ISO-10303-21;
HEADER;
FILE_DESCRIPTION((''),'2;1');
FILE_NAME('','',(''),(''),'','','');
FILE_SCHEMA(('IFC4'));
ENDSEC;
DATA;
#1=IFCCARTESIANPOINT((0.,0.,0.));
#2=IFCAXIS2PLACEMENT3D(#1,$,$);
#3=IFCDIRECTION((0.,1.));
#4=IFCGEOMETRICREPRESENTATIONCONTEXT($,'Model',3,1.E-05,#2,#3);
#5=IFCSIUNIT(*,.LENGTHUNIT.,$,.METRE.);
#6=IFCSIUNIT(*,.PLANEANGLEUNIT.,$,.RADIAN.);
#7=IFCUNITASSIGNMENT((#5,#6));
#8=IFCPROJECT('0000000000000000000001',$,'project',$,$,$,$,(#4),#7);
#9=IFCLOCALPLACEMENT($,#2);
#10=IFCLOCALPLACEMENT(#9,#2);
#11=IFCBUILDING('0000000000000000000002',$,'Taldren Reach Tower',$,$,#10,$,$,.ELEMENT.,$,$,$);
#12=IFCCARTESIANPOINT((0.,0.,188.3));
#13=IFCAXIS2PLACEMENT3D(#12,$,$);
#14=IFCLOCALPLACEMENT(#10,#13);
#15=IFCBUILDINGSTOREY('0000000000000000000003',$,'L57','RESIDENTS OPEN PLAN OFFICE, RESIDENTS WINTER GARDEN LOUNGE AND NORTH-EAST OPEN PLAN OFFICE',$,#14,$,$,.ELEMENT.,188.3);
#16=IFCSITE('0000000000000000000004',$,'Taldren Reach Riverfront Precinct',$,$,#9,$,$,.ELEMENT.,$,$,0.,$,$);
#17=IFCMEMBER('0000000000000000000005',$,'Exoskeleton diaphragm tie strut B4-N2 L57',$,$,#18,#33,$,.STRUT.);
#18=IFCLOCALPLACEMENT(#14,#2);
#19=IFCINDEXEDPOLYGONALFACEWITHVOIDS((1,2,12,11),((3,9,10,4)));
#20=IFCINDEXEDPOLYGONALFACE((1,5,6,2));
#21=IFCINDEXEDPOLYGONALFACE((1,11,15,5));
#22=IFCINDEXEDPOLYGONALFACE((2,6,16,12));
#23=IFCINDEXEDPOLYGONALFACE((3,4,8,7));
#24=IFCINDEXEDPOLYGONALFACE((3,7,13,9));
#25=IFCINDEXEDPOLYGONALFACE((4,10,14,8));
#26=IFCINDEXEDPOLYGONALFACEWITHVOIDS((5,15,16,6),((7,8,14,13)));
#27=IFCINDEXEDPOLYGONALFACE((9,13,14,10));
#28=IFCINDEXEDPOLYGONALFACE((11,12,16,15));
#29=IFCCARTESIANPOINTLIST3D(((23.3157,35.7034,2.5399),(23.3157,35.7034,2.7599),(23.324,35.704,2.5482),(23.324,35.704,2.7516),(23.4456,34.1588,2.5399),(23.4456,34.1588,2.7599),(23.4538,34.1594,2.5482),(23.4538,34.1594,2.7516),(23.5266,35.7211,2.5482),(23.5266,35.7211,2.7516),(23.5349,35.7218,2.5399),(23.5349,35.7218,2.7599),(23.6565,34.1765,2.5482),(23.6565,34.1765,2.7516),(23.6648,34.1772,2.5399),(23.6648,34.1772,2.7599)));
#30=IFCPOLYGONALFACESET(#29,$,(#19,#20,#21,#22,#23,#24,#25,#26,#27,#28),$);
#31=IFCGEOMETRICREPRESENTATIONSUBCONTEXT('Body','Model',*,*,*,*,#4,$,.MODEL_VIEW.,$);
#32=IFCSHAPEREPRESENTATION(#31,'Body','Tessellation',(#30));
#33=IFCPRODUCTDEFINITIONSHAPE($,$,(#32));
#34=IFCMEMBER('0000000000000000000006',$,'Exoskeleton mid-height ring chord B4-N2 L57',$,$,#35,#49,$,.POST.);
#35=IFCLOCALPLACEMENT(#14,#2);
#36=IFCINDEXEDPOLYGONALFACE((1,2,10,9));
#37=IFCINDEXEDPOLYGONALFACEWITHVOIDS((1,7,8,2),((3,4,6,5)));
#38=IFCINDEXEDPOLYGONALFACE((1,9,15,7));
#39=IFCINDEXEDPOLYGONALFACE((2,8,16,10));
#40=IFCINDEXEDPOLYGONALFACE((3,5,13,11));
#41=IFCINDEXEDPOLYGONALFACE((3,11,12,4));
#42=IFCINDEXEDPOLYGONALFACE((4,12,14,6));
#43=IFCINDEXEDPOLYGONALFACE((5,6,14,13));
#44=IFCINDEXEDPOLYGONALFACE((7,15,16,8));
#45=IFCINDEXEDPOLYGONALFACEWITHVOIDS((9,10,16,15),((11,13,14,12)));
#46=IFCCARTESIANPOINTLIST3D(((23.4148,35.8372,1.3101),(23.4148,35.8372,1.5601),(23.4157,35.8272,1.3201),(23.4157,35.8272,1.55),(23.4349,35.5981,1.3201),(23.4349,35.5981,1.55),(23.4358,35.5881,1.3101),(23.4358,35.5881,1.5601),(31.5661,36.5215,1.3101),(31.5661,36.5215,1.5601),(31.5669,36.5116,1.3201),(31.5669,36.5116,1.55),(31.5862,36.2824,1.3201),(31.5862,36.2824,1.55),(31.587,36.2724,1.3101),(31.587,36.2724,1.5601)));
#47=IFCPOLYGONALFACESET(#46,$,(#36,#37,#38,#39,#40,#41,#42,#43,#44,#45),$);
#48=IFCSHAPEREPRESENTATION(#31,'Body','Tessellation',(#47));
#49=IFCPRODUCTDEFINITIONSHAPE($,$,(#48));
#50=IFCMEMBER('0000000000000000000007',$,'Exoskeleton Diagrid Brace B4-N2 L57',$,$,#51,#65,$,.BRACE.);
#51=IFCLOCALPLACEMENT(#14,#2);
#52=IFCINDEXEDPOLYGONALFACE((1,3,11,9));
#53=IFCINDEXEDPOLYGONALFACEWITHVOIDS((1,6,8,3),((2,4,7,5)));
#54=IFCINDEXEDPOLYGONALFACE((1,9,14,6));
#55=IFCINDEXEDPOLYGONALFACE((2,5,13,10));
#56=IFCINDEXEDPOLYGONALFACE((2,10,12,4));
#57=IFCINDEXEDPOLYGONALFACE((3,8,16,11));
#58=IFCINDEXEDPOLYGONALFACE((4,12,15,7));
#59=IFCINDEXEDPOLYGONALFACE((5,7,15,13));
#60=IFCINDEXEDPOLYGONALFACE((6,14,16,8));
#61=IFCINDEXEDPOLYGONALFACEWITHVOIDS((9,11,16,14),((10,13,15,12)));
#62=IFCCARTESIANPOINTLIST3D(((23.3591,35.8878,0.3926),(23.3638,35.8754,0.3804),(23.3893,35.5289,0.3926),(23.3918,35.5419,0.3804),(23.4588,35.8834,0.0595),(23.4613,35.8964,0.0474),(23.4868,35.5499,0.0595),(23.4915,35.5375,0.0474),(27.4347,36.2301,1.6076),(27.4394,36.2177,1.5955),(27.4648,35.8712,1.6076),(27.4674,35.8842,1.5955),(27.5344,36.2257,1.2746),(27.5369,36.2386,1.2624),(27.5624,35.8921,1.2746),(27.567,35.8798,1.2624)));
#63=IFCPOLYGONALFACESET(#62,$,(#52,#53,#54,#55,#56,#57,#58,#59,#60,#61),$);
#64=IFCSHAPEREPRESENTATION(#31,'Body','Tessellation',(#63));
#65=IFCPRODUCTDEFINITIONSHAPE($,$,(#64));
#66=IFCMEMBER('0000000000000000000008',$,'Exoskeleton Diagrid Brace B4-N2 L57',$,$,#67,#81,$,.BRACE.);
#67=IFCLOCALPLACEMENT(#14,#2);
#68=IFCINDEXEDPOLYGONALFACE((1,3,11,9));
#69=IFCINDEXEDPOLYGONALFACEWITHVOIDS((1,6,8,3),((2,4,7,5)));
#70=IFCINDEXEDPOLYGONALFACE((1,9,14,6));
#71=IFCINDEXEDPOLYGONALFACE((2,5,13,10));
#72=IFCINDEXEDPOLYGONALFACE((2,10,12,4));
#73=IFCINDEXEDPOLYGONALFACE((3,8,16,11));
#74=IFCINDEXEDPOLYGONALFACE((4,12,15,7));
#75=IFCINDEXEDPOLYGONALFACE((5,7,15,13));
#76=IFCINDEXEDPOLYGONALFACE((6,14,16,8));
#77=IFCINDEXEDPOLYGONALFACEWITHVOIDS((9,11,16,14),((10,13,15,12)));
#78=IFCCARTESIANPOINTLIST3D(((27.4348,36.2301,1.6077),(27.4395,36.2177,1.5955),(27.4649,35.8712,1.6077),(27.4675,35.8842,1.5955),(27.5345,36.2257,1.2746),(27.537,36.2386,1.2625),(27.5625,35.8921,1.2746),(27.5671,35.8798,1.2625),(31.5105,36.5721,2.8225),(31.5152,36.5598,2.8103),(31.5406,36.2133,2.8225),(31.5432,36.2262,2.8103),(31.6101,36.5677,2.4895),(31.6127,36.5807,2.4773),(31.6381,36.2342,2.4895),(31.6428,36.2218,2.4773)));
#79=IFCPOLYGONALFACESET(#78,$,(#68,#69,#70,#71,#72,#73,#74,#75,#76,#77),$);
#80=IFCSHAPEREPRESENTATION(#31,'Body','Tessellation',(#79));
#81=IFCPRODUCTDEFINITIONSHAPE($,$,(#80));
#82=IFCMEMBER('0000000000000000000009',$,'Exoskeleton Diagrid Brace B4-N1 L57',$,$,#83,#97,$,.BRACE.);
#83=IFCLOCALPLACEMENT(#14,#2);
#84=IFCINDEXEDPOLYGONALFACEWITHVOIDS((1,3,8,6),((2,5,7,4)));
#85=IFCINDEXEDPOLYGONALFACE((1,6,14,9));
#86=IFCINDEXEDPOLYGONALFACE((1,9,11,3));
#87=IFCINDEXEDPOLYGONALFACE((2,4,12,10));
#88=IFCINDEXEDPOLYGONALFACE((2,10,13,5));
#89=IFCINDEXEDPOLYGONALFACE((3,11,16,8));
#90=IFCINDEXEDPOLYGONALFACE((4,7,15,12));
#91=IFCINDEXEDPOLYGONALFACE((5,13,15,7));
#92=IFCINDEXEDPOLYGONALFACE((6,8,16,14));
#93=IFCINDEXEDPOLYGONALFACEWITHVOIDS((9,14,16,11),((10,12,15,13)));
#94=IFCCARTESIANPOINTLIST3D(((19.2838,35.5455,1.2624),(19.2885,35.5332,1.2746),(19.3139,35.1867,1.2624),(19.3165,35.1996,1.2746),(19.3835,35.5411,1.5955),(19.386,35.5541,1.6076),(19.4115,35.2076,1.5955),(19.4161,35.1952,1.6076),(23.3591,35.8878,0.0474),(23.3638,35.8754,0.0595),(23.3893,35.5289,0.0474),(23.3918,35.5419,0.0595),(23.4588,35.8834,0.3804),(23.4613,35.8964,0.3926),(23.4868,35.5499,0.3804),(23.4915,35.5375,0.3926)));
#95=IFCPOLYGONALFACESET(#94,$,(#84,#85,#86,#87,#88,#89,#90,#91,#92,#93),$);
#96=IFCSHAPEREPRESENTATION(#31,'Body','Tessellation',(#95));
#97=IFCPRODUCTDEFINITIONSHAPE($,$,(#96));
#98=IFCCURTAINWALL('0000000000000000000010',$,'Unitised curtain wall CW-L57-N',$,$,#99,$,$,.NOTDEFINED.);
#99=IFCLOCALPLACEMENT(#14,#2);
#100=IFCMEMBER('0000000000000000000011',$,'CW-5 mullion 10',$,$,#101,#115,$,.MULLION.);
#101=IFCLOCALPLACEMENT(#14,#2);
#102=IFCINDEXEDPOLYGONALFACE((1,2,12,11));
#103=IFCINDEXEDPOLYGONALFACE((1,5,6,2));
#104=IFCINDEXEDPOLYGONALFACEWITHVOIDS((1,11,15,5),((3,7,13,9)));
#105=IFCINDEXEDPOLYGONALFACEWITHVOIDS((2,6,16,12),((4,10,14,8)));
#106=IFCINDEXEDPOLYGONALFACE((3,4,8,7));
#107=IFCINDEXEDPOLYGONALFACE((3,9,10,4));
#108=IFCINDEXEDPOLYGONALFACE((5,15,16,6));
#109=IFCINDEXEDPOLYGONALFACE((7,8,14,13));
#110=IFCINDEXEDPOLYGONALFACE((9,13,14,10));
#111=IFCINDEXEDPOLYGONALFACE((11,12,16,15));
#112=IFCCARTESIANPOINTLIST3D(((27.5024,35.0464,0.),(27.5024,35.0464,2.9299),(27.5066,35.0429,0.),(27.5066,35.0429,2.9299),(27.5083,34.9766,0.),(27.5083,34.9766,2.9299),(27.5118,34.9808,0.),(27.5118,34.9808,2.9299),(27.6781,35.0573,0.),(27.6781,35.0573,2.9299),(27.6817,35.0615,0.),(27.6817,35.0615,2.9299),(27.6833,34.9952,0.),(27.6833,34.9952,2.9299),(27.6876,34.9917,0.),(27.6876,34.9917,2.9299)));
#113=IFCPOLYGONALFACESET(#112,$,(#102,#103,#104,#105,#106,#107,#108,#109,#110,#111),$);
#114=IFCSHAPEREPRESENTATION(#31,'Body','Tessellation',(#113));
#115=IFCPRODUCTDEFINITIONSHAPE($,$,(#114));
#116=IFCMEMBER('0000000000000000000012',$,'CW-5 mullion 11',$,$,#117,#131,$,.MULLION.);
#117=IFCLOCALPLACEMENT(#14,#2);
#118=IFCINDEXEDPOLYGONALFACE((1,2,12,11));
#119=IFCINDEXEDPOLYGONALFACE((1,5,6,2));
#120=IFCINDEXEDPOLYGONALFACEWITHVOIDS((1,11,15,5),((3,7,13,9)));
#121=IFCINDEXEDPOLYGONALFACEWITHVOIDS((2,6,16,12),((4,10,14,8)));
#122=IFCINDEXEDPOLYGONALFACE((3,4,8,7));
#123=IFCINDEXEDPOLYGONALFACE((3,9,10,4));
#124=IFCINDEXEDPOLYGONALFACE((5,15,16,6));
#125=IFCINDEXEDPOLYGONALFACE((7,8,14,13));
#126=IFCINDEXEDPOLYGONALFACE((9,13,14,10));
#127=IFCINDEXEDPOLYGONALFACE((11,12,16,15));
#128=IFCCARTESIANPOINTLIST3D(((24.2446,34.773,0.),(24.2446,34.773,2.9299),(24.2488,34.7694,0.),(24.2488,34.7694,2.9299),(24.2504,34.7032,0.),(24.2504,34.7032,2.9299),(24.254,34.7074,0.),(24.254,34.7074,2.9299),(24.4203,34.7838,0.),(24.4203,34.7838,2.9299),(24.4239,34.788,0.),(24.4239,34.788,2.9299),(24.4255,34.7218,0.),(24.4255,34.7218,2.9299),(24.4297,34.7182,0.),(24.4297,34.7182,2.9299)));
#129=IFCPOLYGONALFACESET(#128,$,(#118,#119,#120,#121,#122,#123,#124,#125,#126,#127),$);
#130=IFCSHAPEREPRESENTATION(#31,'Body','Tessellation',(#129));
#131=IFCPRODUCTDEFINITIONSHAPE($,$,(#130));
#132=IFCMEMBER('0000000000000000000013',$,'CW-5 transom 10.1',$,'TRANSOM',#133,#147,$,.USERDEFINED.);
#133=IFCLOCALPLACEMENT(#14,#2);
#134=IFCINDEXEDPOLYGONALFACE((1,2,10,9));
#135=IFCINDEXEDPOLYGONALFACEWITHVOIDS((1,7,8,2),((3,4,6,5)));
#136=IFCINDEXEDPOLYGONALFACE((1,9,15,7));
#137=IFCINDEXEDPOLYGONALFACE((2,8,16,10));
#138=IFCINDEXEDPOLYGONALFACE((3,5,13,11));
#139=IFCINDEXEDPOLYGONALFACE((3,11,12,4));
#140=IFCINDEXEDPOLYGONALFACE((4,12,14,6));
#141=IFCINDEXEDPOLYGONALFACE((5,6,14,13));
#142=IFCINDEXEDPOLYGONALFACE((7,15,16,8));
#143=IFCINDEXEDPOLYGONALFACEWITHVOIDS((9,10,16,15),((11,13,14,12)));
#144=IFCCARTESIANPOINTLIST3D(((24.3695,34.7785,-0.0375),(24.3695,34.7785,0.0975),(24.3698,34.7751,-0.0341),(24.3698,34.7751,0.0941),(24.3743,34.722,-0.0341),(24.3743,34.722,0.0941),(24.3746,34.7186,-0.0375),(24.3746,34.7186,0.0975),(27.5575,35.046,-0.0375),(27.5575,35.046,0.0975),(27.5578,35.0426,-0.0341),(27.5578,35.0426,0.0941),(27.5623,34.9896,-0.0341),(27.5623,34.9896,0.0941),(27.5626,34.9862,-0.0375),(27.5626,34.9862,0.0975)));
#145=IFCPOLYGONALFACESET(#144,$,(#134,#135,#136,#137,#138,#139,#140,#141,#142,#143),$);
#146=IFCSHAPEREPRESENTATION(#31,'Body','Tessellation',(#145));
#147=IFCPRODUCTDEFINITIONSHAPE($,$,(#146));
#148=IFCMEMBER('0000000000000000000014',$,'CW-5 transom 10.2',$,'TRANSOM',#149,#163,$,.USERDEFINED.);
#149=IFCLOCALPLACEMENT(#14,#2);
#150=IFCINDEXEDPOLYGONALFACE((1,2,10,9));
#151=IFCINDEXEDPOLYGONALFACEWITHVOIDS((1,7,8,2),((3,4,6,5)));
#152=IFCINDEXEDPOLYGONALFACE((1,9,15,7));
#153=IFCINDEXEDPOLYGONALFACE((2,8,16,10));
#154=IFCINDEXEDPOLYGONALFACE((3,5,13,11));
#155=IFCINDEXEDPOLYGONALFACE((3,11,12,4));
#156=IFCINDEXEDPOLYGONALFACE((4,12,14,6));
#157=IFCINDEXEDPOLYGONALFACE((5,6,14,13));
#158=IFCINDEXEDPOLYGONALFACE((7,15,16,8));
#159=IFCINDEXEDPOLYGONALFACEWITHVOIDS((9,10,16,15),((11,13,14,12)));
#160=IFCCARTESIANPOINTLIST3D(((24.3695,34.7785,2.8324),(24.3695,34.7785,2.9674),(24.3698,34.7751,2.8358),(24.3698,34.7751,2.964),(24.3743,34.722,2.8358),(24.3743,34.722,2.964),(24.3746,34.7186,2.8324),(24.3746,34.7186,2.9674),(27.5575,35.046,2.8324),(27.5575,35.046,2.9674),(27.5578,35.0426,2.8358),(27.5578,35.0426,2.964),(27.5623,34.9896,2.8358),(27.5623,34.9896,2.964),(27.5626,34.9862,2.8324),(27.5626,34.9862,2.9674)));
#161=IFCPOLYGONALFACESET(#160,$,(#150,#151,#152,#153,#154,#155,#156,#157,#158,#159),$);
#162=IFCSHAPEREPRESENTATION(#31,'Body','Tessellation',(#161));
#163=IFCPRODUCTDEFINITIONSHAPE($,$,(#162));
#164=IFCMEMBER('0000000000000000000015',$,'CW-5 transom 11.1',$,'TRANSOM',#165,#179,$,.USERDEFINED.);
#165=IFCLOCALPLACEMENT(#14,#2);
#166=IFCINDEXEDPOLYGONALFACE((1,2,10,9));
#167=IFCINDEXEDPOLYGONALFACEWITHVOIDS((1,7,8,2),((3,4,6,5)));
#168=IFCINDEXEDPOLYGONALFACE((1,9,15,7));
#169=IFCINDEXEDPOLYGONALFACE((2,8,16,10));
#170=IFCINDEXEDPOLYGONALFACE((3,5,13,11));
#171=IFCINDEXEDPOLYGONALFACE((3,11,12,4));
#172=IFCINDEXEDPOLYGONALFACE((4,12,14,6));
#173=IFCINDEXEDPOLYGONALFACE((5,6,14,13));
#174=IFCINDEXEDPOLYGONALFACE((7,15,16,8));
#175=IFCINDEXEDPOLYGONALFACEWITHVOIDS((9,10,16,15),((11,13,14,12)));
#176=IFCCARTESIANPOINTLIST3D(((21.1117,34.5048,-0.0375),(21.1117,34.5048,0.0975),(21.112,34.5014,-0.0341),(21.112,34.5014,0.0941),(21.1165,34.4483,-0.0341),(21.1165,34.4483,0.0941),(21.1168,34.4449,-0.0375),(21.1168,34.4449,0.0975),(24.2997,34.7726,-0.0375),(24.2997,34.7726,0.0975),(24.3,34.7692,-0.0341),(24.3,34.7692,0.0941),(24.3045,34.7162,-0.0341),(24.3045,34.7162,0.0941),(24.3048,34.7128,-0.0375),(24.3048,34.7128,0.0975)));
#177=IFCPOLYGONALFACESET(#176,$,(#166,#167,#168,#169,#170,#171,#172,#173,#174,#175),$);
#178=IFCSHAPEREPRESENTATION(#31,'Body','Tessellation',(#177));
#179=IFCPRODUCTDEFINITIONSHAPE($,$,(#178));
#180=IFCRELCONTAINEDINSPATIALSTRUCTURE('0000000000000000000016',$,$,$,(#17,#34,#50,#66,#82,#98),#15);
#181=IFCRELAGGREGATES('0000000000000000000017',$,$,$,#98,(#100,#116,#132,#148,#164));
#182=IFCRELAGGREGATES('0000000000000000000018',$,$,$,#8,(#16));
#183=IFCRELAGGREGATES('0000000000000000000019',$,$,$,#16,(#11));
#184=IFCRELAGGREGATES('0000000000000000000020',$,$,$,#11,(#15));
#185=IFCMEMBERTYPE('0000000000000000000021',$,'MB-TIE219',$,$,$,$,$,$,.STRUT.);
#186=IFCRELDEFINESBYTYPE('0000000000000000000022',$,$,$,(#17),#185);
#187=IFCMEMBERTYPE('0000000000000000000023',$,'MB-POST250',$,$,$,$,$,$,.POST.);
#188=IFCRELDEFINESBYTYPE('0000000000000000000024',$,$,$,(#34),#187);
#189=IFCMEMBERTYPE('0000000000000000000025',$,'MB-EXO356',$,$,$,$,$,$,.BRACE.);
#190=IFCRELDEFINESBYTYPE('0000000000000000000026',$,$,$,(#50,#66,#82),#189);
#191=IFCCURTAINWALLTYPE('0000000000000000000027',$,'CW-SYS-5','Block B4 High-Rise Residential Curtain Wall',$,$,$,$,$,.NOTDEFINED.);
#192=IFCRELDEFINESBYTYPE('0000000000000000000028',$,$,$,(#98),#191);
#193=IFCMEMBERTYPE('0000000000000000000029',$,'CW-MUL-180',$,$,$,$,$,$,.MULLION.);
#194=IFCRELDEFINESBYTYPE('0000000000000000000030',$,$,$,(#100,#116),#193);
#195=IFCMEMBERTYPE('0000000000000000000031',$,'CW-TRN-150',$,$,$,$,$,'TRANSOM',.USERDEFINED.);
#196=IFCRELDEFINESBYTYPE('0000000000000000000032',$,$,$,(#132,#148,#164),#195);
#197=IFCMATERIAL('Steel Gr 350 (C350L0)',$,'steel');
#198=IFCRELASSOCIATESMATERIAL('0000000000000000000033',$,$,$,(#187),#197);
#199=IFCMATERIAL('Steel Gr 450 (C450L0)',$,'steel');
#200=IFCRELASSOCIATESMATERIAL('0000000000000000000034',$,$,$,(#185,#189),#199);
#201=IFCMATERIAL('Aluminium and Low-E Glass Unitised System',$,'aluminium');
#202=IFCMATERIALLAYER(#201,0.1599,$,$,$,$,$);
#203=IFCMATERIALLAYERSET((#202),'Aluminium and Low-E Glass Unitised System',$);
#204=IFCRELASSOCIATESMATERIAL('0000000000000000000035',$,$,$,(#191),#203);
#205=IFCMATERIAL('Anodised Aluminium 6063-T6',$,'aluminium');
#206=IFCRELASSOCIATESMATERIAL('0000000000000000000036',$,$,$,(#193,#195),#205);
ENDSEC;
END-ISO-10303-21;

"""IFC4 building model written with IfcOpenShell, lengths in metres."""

from ifc_helpers import new_model, si_unit, direction, frame, origin, origin_2d, place, context, subcontext, project, spatial, hollow_rectangle, extrude, source, transform, mapped, material, layer, layer_set, material_profile, profile_set, type_object, element, aggregate, save


model = new_model("IFC4")

# Units and contexts
model_context = context("Model", 3, precision=1e-05, world=origin(), true_north=direction((0.0, 1.0)))
body_context = subcontext(model_context, "Body", "Model", "MODEL_VIEW")
ifc_project = project(units=[si_unit("LENGTHUNIT", "METRE"), si_unit("PLANEANGLEUNIT", "RADIAN")], contexts=[model_context])

# Site, building, storey
site_placement = place(None, origin())
site = spatial("IfcSite", under=ifc_project, at=site_placement, Name="Taldren Reach Riverfront Precinct", CompositionType="ELEMENT", RefElevation=0.0)
building_placement = place(site_placement, origin())
building = spatial("IfcBuilding", under=site, at=building_placement, Name="Taldren Reach Tower", CompositionType="ELEMENT")
storey_placement = place(building_placement, frame((0.0, 0.0, 188.3)))
storey = spatial("IfcBuildingStorey", under=building, at=storey_placement, Name="L57", Description="RESIDENTS OPEN PLAN OFFICE, RESIDENTS WINTER GARDEN LOUNGE AND NORTH-EAST OPEN PLAN OFFICE", CompositionType="ELEMENT", Elevation=188.3)

# Shared definitions
ifc_material_1 = material(Name="Steel Gr 450 (C450L0)", Category="steel")

# Shared definitions
ifc_material_2 = material(Name="Steel Gr 350 (C350L0)", Category="steel")
ifc_material_profile_1 = material_profile(ifc_material_2, hollow_rectangle(XDim=0.25, YDim=0.25, WallThickness=0.01, at=origin_2d()), Name="250x250x10.0SHS")
ifc_profile_set_1 = profile_set([ifc_material_profile_1], Name="Steel Gr 350 (C350L0)")
member_type_1 = type_object("IfcMemberType", Name="MB-POST250", PredefinedType="POST", material=ifc_profile_set_1)

# Members
ifc_material_profile_2 = material_profile(ifc_material_1, hollow_rectangle(XDim=0.22, YDim=0.22, WallThickness=0.0083, at=origin_2d()), Name="220x220x8.2SHS")
ifc_profile_set_2 = profile_set([ifc_material_profile_2], Name="Steel Gr 450 (C450L0)")
member_type_2 = type_object("IfcMemberType", Name="MB-TIE219", PredefinedType="STRUT", material=ifc_profile_set_2)
shared_shape_1 = source(origin(), body_context, "Body", "SweptSolid", [
    extrude(hollow_rectangle(XDim=0.22, YDim=0.22, WallThickness=0.0083, at=origin_2d()), origin(), (0.0, 0.0, 1.0), 1.55),
])
member_1_placement = place(storey_placement, frame((23.5552, 34.168, 2.6499), z_axis=(-0.083788, 0.996484, 0.0), x_axis=(-0.996484, -0.083788, 0.0)))
element("IfcMember", 1, at=member_1_placement, inside=storey, type_object=member_type_2, Name="Exoskeleton diaphragm tie strut B4-N2 L57", PredefinedType="STRUT", context=body_context, shape_type="MappedRepresentation", body=[
    mapped(shared_shape_1, transform((0.0, 0.0, 0.0), scale=1.0)),
])
shared_shape_2 = source(origin(), body_context, "Body", "SweptSolid", [
    extrude(hollow_rectangle(XDim=0.25, YDim=0.25, WallThickness=0.01, at=origin_2d()), origin(), (0.0, 0.0, 1.0), 8.1799),
])
member_2_placement = place(storey_placement, frame((23.4253, 35.7126, 1.4351), z_axis=(0.996495, 0.083658, 0.0), x_axis=(-0.083658, 0.996495, 0.0)))
element("IfcMember", 2, at=member_2_placement, inside=storey, type_object=member_type_1, Name="Exoskeleton mid-height ring chord B4-N2 L57", PredefinedType="POST", context=body_context, shape_type="MappedRepresentation", body=[
    mapped(shared_shape_2, transform((0.0, 0.0, 0.0), scale=1.0)),
])
ifc_material_profile_3 = material_profile(ifc_material_1, hollow_rectangle(XDim=0.3601, YDim=0.3601, WallThickness=0.0127, at=origin_2d()), Name="360x360x12.7SHS")
ifc_profile_set_3 = profile_set([ifc_material_profile_3], Name="Steel Gr 450 (C450L0)")
member_type_3 = type_object("IfcMemberType", Name="MB-EXO356", PredefinedType="BRACE", material=ifc_profile_set_3)
shared_shape_3 = source(origin(), body_context, "Body", "SweptSolid", [
    extrude(hollow_rectangle(XDim=0.3601, YDim=0.3601, WallThickness=0.0127, at=origin_2d()), origin(), (0.0, 0.0, 1.0), 4.2666),
])
for number, where, z_axis, x_axis, name in (
    (3, (23.4253, 35.7126, 0.22), (0.955229, 0.080222, 0.284783), (-0.083688, 0.996492, 0.0), "Exoskeleton Diagrid Brace B4-N2 L57"),
    (4, (27.501, 36.0549, 1.4351), (0.955249, 0.080167, 0.284732), (-0.083628, 0.996497, 0.0), "Exoskeleton Diagrid Brace B4-N2 L57"),
):
    element("IfcMember", number, at=place(storey_placement, frame(where, z_axis=z_axis, x_axis=x_axis)), inside=storey, type_object=member_type_3, Name=name, PredefinedType="BRACE", context=body_context, shape_type="MappedRepresentation", body=[
        mapped(shared_shape_3, transform((0.0, 0.0, 0.0), scale=1.0)),
    ])
shared_shape_4 = source(origin(), body_context, "Body", "SweptSolid", [
    extrude(hollow_rectangle(XDim=0.3601, YDim=0.3601, WallThickness=0.0127, at=origin_2d()), origin(), (0.0, 0.0, 1.0), 4.2664),
])
member_3_placement = place(storey_placement, frame((23.4253, 35.7126, 0.22), z_axis=(-0.955224, -0.080227, 0.284799), x_axis=(0.083693, -0.996492, 0.0)))
element("IfcMember", 5, at=member_3_placement, inside=storey, type_object=member_type_3, Name="Exoskeleton Diagrid Brace B4-N1 L57", PredefinedType="BRACE", context=body_context, shape_type="MappedRepresentation", body=[
    mapped(shared_shape_4, transform((0.0, 0.0, 0.0), scale=1.0)),
])

# Curtain wall, members
ifc_material_3 = material(Name="Aluminium and Low-E Glass Unitised System", Category="aluminium")
ifc_layer_1 = layer(ifc_material_3, 0.1599)
ifc_layer_set_1 = layer_set([ifc_layer_1], Name="Aluminium and Low-E Glass Unitised System")
curtain_wall_type = type_object("IfcCurtainWallType", Name="CW-SYS-5", Description="Block B4 High-Rise Residential Curtain Wall", PredefinedType="NOTDEFINED", material=ifc_layer_set_1)
curtain_wall_placement = place(storey_placement, origin())
curtain_wall = element("IfcCurtainWall", 6, at=curtain_wall_placement, inside=storey, type_object=curtain_wall_type, Name="Unitised curtain wall CW-L57-N", PredefinedType="NOTDEFINED")
ifc_material_4 = material(Name="Anodised Aluminium 6063-T6", Category="aluminium")
ifc_material_profile_4 = material_profile(ifc_material_4, hollow_rectangle(XDim=0.0701, YDim=0.1799, WallThickness=0.0039, at=origin_2d()), Name="ALU-180x70x4RHS")
ifc_profile_set_4 = profile_set([ifc_material_profile_4], Name="Anodised Aluminium 6063-T6")
member_type_4 = type_object("IfcMemberType", Name="CW-MUL-180", PredefinedType="MULLION", material=ifc_profile_set_4)
shared_shape_5 = source(origin(), body_context, "Body", "SweptSolid", [
    extrude(hollow_rectangle(XDim=0.0701, YDim=0.1799, WallThickness=0.0039, at=origin_2d()), origin(), (0.0, 0.0, 1.0), 2.9299),
])
member_4_placement = place(storey_placement, frame((27.595, 35.019, 0.0), z_axis=(0.0, 0.0, 1.0), x_axis=(0.083678, -0.996493, 0.0)))
member_4 = element("IfcMember", 7, at=member_4_placement, type_object=member_type_4, Name="CW-5 mullion 10", PredefinedType="MULLION", context=body_context, shape_type="MappedRepresentation", body=[
    mapped(shared_shape_5, transform((0.0, 0.0, 0.0), scale=1.0)),
])
member_5_placement = place(storey_placement, frame((24.3372, 34.7456, 0.0), z_axis=(0.0, 0.0, 1.0), x_axis=(0.083678, -0.996493, 0.0)))
member_5 = element("IfcMember", 8, at=member_5_placement, type_object=member_type_4, Name="CW-5 mullion 11", PredefinedType="MULLION", context=body_context, shape_type="MappedRepresentation", body=[
    mapped(shared_shape_5, transform((0.0, 0.0, 0.0), scale=1.0)),
])
ifc_material_profile_5 = material_profile(ifc_material_4, hollow_rectangle(XDim=0.0601, YDim=0.135, WallThickness=0.0034, at=origin_2d()), Name="ALU-135x60x3.5RHS")
ifc_profile_set_5 = profile_set([ifc_material_profile_5], Name="Anodised Aluminium 6063-T6")
member_type_5 = type_object("IfcMemberType", Name="CW-TRN-150", ElementType="TRANSOM", PredefinedType="USERDEFINED", material=ifc_profile_set_5)
shared_shape_6 = source(origin(), body_context, "Body", "SweptSolid", [
    extrude(hollow_rectangle(XDim=0.0601, YDim=0.135, WallThickness=0.0034, at=origin_2d()), origin(), (0.0, 0.0, 1.0), 3.1992),
])
member_6_placement = place(storey_placement, frame((27.5601, 35.0161, 0.03), z_axis=(-0.996496, -0.083639, 0.0), x_axis=(0.083639, -0.996496, 0.0)))
member_6 = element("IfcMember", 9, at=member_6_placement, type_object=member_type_5, Name="CW-5 transom 10.1", ObjectType="TRANSOM", PredefinedType="USERDEFINED", context=body_context, shape_type="MappedRepresentation", body=[
    mapped(shared_shape_6, transform((0.0, 0.0, 0.0), scale=1.0)),
])
member_7_placement = place(storey_placement, frame((27.5601, 35.0161, 2.8999), z_axis=(-0.996496, -0.083639, 0.0), x_axis=(0.083639, -0.996496, 0.0)))
member_7 = element("IfcMember", 10, at=member_7_placement, type_object=member_type_5, Name="CW-5 transom 10.2", ObjectType="TRANSOM", PredefinedType="USERDEFINED", context=body_context, shape_type="MappedRepresentation", body=[
    mapped(shared_shape_6, transform((0.0, 0.0, 0.0), scale=1.0)),
])
member_8_placement = place(storey_placement, frame((24.3022, 34.7427, 0.03), z_axis=(-0.99649, -0.083715, 0.0), x_axis=(0.083715, -0.99649, 0.0)))
member_8 = element("IfcMember", 11, at=member_8_placement, type_object=member_type_5, Name="CW-5 transom 11.1", ObjectType="TRANSOM", PredefinedType="USERDEFINED", context=body_context, shape_type="MappedRepresentation", body=[
    mapped(shared_shape_6, transform((0.0, 0.0, 0.0), scale=1.0)),
])

aggregate(curtain_wall, [member_4, member_5, member_6, member_7, member_8])

save(model, "model.ifc")
